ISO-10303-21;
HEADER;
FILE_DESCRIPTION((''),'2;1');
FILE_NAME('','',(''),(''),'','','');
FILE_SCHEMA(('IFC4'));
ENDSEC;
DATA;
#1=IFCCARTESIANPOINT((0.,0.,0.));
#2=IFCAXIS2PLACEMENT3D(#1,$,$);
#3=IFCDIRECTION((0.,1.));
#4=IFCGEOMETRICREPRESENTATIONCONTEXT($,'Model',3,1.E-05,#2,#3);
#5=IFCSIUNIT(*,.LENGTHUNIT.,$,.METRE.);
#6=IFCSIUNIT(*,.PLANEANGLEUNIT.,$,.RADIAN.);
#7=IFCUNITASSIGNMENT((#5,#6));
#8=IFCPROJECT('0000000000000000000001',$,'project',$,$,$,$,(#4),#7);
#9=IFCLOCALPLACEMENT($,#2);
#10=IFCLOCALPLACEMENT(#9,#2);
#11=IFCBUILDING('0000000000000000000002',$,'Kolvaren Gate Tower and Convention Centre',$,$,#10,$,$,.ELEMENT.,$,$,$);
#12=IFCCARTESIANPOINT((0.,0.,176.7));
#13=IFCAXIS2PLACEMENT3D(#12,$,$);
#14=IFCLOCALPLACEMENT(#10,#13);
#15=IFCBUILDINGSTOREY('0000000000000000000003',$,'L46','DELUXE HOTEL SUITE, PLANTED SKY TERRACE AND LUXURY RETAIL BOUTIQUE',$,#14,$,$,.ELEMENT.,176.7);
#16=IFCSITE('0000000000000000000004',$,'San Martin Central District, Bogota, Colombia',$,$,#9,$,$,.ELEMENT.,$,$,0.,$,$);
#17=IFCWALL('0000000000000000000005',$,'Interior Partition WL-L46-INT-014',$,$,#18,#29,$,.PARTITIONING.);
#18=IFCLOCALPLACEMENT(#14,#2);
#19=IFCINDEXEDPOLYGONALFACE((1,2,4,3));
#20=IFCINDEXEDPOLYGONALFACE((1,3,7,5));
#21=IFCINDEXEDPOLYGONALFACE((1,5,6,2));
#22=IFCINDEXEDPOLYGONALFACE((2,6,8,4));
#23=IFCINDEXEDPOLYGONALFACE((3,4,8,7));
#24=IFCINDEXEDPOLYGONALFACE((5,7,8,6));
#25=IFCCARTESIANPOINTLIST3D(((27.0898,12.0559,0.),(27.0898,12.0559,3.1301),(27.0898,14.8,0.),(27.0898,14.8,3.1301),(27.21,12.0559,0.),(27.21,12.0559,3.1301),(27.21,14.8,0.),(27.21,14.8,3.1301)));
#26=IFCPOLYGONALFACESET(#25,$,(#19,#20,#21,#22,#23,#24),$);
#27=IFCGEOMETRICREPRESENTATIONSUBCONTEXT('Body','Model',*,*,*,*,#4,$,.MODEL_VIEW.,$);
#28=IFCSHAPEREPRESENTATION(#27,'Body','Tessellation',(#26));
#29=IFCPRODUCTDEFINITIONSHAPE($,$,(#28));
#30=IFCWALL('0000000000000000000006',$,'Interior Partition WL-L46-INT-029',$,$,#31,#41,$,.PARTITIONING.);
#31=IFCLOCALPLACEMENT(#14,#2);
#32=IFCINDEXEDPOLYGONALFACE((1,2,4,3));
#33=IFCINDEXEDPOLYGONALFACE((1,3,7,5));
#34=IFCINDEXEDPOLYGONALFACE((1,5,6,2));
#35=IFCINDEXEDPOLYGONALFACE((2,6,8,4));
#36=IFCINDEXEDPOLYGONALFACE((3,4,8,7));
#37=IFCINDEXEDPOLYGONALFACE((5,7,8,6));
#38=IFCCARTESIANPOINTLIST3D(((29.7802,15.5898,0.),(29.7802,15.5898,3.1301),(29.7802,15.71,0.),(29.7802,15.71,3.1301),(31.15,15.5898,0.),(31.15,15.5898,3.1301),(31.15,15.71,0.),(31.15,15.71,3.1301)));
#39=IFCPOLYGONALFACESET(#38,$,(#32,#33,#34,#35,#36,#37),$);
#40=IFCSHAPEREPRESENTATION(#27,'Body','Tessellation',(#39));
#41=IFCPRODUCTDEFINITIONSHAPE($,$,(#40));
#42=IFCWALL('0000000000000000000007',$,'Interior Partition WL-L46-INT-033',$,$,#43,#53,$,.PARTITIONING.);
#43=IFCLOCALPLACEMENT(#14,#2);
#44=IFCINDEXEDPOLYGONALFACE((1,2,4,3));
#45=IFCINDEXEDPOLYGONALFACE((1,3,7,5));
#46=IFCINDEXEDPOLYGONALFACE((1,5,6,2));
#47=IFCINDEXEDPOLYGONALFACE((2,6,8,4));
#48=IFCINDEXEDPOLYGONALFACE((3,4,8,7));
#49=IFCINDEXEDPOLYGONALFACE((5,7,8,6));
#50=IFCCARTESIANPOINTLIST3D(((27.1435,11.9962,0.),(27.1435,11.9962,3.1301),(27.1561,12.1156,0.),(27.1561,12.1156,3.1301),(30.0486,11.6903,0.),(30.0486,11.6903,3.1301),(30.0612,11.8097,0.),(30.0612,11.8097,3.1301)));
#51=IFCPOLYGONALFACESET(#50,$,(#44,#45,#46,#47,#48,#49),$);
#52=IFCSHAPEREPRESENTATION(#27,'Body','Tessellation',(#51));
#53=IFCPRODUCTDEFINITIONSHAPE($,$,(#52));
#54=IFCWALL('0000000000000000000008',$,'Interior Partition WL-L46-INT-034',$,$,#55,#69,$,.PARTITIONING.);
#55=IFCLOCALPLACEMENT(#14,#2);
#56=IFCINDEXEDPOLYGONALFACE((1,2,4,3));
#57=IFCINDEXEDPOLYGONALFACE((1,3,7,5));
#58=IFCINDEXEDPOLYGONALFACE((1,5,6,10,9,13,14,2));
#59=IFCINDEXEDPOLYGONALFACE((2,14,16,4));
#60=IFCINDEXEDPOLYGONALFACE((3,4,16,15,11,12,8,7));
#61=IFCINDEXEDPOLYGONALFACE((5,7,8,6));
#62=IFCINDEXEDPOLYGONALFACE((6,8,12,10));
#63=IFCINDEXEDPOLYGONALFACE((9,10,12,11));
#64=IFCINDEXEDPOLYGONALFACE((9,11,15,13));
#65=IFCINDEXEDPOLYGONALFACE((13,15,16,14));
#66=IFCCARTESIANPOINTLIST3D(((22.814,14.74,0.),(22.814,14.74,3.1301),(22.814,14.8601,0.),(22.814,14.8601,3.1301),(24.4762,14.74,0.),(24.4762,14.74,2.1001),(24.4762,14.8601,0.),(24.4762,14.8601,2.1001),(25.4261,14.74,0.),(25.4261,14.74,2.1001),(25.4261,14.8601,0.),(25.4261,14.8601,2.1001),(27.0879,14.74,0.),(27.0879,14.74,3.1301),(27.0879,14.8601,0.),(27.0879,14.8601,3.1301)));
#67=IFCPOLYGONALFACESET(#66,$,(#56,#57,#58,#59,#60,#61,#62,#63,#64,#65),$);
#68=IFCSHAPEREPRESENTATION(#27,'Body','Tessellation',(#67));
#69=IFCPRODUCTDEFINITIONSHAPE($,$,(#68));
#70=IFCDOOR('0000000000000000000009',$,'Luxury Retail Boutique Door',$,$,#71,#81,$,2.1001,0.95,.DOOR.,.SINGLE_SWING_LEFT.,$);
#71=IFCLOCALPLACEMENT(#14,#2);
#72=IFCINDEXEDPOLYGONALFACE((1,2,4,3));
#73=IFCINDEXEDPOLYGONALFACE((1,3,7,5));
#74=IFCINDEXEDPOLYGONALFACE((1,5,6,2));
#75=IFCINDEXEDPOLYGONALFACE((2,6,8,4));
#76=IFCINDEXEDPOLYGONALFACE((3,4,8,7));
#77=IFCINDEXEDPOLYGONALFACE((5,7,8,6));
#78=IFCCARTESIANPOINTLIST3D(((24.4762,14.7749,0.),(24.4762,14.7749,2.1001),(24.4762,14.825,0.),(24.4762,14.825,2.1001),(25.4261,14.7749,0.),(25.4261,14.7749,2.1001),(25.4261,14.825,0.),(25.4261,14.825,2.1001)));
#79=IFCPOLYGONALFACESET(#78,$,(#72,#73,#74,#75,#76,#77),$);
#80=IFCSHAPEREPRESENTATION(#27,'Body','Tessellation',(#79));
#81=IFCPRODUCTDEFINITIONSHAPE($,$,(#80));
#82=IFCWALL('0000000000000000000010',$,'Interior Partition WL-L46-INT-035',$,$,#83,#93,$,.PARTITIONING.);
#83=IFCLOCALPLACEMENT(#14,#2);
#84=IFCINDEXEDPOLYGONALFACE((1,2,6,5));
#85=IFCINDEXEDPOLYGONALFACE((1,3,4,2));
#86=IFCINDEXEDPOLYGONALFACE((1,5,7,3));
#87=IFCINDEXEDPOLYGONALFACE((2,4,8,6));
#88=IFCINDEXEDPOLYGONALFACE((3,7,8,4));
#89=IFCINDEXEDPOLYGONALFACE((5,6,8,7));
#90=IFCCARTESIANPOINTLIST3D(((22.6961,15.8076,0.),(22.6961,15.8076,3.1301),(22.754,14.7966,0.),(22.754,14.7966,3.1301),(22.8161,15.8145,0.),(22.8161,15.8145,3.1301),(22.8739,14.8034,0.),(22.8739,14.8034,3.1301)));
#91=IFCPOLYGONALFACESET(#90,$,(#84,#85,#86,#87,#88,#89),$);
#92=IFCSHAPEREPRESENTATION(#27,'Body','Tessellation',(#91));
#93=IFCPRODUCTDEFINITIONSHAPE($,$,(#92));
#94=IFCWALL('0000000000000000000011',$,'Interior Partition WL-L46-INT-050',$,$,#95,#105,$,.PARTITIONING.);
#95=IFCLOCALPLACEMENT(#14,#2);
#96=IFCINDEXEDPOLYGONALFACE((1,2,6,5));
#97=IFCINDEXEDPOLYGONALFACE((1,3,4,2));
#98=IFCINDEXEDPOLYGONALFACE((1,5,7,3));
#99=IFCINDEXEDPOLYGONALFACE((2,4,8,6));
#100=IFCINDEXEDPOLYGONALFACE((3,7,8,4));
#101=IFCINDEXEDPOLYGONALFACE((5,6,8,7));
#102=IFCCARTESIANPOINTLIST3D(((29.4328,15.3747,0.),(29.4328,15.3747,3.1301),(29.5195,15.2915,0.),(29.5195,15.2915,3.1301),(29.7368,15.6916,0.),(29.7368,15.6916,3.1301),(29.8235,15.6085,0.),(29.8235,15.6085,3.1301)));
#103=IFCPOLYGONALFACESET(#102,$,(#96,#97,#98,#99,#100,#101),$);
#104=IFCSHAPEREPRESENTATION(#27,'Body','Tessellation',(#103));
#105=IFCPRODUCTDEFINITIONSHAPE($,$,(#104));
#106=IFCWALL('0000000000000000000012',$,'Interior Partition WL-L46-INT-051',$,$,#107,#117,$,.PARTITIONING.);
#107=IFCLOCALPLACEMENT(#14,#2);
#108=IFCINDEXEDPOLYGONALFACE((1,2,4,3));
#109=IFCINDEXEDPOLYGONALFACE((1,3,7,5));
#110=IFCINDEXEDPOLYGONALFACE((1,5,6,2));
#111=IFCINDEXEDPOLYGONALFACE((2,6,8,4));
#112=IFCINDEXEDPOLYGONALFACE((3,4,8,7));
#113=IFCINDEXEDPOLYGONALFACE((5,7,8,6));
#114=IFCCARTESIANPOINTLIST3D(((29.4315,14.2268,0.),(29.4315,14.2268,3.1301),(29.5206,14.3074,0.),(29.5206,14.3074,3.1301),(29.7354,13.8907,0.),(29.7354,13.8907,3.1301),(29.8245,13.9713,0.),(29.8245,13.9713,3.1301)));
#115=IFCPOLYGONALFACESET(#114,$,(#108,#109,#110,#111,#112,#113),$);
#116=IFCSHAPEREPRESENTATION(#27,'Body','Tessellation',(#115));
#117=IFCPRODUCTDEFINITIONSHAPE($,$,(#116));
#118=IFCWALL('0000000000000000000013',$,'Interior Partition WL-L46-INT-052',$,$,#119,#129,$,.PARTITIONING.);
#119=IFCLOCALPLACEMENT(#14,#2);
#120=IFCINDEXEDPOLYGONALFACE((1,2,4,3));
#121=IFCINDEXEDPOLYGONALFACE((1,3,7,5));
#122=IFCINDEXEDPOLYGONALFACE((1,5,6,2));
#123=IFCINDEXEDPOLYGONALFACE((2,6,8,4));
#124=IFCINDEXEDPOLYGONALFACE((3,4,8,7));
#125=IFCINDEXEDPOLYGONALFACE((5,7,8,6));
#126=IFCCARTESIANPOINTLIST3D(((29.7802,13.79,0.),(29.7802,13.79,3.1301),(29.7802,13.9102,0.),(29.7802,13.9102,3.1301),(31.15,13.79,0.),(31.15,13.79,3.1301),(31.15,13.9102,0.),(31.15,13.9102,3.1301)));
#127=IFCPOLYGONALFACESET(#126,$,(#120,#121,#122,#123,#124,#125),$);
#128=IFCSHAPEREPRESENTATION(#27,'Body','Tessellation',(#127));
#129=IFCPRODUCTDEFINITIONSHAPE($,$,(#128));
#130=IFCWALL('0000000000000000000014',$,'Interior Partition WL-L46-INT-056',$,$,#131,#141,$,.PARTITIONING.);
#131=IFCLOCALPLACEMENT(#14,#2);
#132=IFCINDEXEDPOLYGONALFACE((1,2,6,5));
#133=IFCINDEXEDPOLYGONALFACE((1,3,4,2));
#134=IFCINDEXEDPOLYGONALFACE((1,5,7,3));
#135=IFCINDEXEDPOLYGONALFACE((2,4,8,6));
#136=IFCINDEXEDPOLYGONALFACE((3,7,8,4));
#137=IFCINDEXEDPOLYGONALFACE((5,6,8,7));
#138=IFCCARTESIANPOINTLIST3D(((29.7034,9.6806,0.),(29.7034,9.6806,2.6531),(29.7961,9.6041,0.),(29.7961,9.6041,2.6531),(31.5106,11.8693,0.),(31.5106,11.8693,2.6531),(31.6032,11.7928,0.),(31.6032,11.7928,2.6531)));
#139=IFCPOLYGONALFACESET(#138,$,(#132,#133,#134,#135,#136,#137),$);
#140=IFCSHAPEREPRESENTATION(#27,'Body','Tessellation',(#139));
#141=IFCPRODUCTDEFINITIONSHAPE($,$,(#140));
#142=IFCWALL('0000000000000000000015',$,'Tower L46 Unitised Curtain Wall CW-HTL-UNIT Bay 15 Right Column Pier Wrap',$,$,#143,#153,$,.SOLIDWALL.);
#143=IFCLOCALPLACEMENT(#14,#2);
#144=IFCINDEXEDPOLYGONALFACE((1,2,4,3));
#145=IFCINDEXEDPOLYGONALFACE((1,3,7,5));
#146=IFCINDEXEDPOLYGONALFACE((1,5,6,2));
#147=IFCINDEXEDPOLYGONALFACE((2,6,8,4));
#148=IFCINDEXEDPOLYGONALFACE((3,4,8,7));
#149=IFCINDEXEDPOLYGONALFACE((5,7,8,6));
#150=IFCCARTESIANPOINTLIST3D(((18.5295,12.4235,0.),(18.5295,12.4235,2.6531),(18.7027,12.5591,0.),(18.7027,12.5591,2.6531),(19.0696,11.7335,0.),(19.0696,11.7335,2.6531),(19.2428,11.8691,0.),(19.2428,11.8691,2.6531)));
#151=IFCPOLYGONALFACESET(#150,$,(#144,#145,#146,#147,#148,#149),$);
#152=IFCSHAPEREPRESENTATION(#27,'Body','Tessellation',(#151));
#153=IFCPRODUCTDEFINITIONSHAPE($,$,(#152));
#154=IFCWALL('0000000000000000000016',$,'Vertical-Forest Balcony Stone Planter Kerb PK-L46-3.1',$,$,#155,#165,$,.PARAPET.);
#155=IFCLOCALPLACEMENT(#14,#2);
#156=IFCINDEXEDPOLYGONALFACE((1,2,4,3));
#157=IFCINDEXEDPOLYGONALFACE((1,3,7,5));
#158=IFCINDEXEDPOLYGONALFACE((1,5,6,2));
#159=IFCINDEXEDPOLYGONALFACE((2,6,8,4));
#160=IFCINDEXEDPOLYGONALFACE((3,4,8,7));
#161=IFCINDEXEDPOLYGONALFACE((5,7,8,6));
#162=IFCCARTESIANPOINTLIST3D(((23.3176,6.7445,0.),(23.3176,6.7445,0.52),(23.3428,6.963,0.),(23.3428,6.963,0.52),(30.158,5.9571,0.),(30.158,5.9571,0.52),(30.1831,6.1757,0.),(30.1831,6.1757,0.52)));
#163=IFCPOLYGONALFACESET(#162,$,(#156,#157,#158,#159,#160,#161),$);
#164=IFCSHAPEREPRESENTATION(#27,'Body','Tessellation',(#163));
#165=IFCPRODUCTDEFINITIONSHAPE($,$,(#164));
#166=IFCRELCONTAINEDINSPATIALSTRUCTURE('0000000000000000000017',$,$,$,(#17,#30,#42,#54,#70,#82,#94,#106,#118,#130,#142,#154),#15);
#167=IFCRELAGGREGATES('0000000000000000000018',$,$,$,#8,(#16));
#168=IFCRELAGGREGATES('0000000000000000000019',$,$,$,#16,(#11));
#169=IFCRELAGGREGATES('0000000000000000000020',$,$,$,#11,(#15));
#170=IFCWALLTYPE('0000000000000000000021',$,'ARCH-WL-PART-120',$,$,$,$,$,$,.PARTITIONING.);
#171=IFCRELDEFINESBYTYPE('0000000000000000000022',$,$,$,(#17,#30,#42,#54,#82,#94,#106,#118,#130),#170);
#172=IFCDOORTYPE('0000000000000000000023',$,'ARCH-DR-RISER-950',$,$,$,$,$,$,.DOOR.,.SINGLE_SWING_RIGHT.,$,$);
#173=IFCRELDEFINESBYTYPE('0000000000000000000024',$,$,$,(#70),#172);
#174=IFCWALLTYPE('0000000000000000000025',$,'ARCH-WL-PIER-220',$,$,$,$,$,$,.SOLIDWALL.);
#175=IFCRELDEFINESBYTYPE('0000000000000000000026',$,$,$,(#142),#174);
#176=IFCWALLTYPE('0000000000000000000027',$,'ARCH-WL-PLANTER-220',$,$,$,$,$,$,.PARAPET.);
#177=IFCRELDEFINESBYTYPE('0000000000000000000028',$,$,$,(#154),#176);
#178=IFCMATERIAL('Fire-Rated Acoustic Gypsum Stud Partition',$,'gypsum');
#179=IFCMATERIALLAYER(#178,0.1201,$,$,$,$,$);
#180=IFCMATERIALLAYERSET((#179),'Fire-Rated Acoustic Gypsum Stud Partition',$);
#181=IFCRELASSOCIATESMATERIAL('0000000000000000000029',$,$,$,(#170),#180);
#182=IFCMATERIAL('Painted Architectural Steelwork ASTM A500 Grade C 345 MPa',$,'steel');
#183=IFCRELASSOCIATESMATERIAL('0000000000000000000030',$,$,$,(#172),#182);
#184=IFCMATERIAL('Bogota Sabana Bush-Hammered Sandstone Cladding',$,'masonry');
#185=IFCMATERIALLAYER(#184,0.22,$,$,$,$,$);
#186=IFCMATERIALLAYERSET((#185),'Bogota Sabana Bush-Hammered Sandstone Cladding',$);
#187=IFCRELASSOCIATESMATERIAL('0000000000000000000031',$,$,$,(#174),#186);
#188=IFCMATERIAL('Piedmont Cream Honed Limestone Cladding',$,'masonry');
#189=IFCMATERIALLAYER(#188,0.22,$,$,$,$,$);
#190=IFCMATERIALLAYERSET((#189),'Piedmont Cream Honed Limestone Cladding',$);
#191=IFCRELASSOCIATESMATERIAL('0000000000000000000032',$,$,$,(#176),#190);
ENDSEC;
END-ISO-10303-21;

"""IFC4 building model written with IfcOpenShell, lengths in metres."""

from ifc_helpers import new_model, si_unit, direction, frame, frame_2d, origin, place, context, subcontext, project, spatial, rectangle, extrude, material, layer, layer_set, type_object, element, fill, save


model = new_model("IFC4")

# Units and contexts
model_context = context("Model", 3, precision=1e-05, world=origin(), true_north=direction((0.0, 1.0)))
body_context = subcontext(model_context, "Body", "Model", "MODEL_VIEW")
ifc_project = project(units=[si_unit("LENGTHUNIT", "METRE"), si_unit("PLANEANGLEUNIT", "RADIAN")], contexts=[model_context])

# Site, building, storey
site_placement = place(None, origin())
site = spatial("IfcSite", under=ifc_project, at=site_placement, Name="San Martin Central District, Bogota, Colombia", CompositionType="ELEMENT", RefElevation=0.0)
building_placement = place(site_placement, origin())
building = spatial("IfcBuilding", under=site, at=building_placement, Name="Kolvaren Gate Tower and Convention Centre", CompositionType="ELEMENT")
storey_placement = place(building_placement, frame((0.0, 0.0, 176.7)))
storey = spatial("IfcBuildingStorey", under=building, at=storey_placement, Name="L46", Description="DELUXE HOTEL SUITE, PLANTED SKY TERRACE AND LUXURY RETAIL BOUTIQUE", CompositionType="ELEMENT", Elevation=176.7)

# Walls
ifc_material_1 = material(Name="Fire-Rated Acoustic Gypsum Stud Partition", Category="gypsum")
ifc_layer_1 = layer(ifc_material_1, 0.1201)
ifc_layer_set_1 = layer_set([ifc_layer_1], Name="Fire-Rated Acoustic Gypsum Stud Partition")
wall_type_1 = type_object("IfcWallType", Name="ARCH-WL-PART-120", PredefinedType="PARTITIONING", material=ifc_layer_set_1)
wall_1_placement = place(storey_placement, frame((27.1499, 12.0559, 0.0), z_axis=(0.0, 0.0, 1.0), x_axis=(0.0, 1.0, 0.0)))
element("IfcWall", 1, at=wall_1_placement, inside=storey, type_object=wall_type_1, Name="Interior Partition WL-L46-INT-014", PredefinedType="PARTITIONING", context=body_context, shape_type="SweptSolid", body=[
    extrude(rectangle(XDim=2.7441, YDim=0.1201, at=frame_2d((1.3721, 0.0))), origin(), (0.0, 0.0, 1.0), 3.1301),
])
wall_2_placement = place(storey_placement, frame((29.78, 15.6499, 0.0), z_axis=(0.0, 0.0, 1.0), x_axis=(1.0, 0.0, 0.0)))
element("IfcWall", 2, at=wall_2_placement, inside=storey, type_object=wall_type_1, Name="Interior Partition WL-L46-INT-029", PredefinedType="PARTITIONING", context=body_context, shape_type="SweptSolid", body=[
    extrude(rectangle(XDim=1.3699, YDim=0.1201, at=frame_2d((0.6851, 0.0))), origin(), (0.0, 0.0, 1.0), 3.1301),
])
wall_3_placement = place(storey_placement, frame((27.1499, 12.0559, 0.0), z_axis=(0.0, 0.0, 1.0), x_axis=(0.994501, -0.104724, 0.0)))
element("IfcWall", 3, at=wall_3_placement, inside=storey, type_object=wall_type_1, Name="Interior Partition WL-L46-INT-033", PredefinedType="PARTITIONING", context=body_context, shape_type="SweptSolid", body=[
    extrude(rectangle(XDim=2.9211, YDim=0.1201, at=frame_2d((1.4604, 0.0))), origin(), (0.0, 0.0, 1.0), 3.1301),
])

# Wall, opening, door
wall_4_placement = place(storey_placement, frame((22.814, 14.8, 0.0), z_axis=(0.0, 0.0, 1.0), x_axis=(1.0, 0.0, 0.0)))
wall_4 = element("IfcWall", 4, at=wall_4_placement, inside=storey, type_object=wall_type_1, Name="Interior Partition WL-L46-INT-034", PredefinedType="PARTITIONING", context=body_context, shape_type="SweptSolid", body=[
    extrude(rectangle(XDim=4.2739, YDim=0.1201, at=frame_2d((2.137, 0.0))), origin(), (0.0, 0.0, 1.0), 3.1301),
])
opening_1_placement = place(wall_4_placement, frame((1.6621, 0.0, 0.0)))
opening_1 = element("IfcOpeningElement", 5, at=opening_1_placement, cuts=wall_4, PredefinedType="OPENING", context=body_context, shape_type="SweptSolid", body=[
    extrude(rectangle(XDim=0.95, YDim=2.1001, at=frame_2d((0.4751, 1.05))), frame((0.0, 0.0701, 0.0), z_axis=(0.0, -1.0, 0.0), x_axis=(1.0, 0.0, 0.0)), (0.0, 0.0, 1.0), 0.1401),
])
ifc_material_2 = material(Name="Painted Architectural Steelwork ASTM A500 Grade C 345 MPa", Category="steel")
door_type = type_object("IfcDoorType", Name="ARCH-DR-RISER-950", OperationType="SINGLE_SWING_RIGHT", PredefinedType="DOOR", material=ifc_material_2)
door_placement = place(opening_1_placement, origin())
door = element("IfcDoor", 6, at=door_placement, inside=storey, type_object=door_type, Name="Luxury Retail Boutique Door", OperationType="SINGLE_SWING_LEFT", OverallHeight=2.1001, OverallWidth=0.95, PredefinedType="DOOR", context=body_context, shape_type="SweptSolid", body=[
    extrude(rectangle(XDim=0.95, YDim=2.1001, at=frame_2d((0.4751, 1.05))), frame((0.0, 0.0249, 0.0), z_axis=(0.0, -1.0, 0.0), x_axis=(1.0, 0.0, 0.0)), (0.0, 0.0, 1.0), 0.05),
])
fill(opening_1, door)

# Walls
wall_5_placement = place(storey_placement, frame((22.7561, 15.811, 0.0), z_axis=(0.0, 0.0, 1.0), x_axis=(0.057139, -0.998366, 0.0)))
element("IfcWall", 7, at=wall_5_placement, inside=storey, type_object=wall_type_1, Name="Interior Partition WL-L46-INT-035", PredefinedType="PARTITIONING", context=body_context, shape_type="SweptSolid", body=[
    extrude(rectangle(XDim=1.0127, YDim=0.1201, at=frame_2d((0.5063, 0.0))), origin(), (0.0, 0.0, 1.0), 3.1301),
])
wall_6_placement = place(storey_placement, frame((29.4761, 15.333, 0.0), z_axis=(0.0, 0.0, 1.0), x_axis=(0.692219, 0.721687, 0.0)))
element("IfcWall", 8, at=wall_6_placement, inside=storey, type_object=wall_type_1, Name="Interior Partition WL-L46-INT-050", PredefinedType="PARTITIONING", context=body_context, shape_type="SweptSolid", body=[
    extrude(rectangle(XDim=0.4392, YDim=0.1201, at=frame_2d((0.2197, 0.0))), origin(), (0.0, 0.0, 1.0), 3.1301),
])
wall_7_placement = place(storey_placement, frame((29.4761, 14.2671, 0.0), z_axis=(0.0, 0.0, 1.0), x_axis=(0.670659, -0.741765, 0.0)))
element("IfcWall", 9, at=wall_7_placement, inside=storey, type_object=wall_type_1, Name="Interior Partition WL-L46-INT-051", PredefinedType="PARTITIONING", context=body_context, shape_type="SweptSolid", body=[
    extrude(rectangle(XDim=0.4531, YDim=0.1201, at=frame_2d((0.2266, 0.0))), origin(), (0.0, 0.0, 1.0), 3.1301),
])
wall_8_placement = place(storey_placement, frame((29.78, 13.8501, 0.0), z_axis=(0.0, 0.0, 1.0), x_axis=(1.0, 0.0, 0.0)))
element("IfcWall", 10, at=wall_8_placement, inside=storey, type_object=wall_type_1, Name="Interior Partition WL-L46-INT-052", PredefinedType="PARTITIONING", context=body_context, shape_type="SweptSolid", body=[
    extrude(rectangle(XDim=1.3699, YDim=0.1201, at=frame_2d((0.6851, 0.0))), origin(), (0.0, 0.0, 1.0), 3.1301),
])
wall_9_placement = place(storey_placement, frame((29.7498, 9.6423, 0.0), z_axis=(0.0, 0.0, 1.0), x_axis=(0.636684, 0.771125, 0.0)))
element("IfcWall", 11, at=wall_9_placement, inside=storey, type_object=wall_type_1, Name="Interior Partition WL-L46-INT-056", PredefinedType="PARTITIONING", context=body_context, shape_type="SweptSolid", body=[
    extrude(rectangle(XDim=2.8384, YDim=0.1201, at=frame_2d((1.4192, 0.0))), origin(), (0.0, 0.0, 1.0), 2.6531),
])
ifc_material_3 = material(Name="Bogota Sabana Bush-Hammered Sandstone Cladding", Category="masonry")
ifc_layer_2 = layer(ifc_material_3, 0.22)
ifc_layer_set_2 = layer_set([ifc_layer_2], Name="Bogota Sabana Bush-Hammered Sandstone Cladding")
wall_type_2 = type_object("IfcWallType", Name="ARCH-WL-PIER-220", PredefinedType="SOLIDWALL", material=ifc_layer_set_2)
wall_10_placement = place(storey_placement, frame((18.6162, 12.4912, 0.0), z_axis=(0.0, 0.0, 1.0), x_axis=(0.616368, -0.787458, 0.0)))
element("IfcWall", 12, at=wall_10_placement, inside=storey, type_object=wall_type_2, Name="Tower L46 Unitised Curtain Wall CW-HTL-UNIT Bay 15 Right Column Pier Wrap", PredefinedType="SOLIDWALL", context=body_context, shape_type="SweptSolid", body=[
    extrude(rectangle(XDim=0.8762, YDim=0.22, at=frame_2d((0.438, 0.0))), origin(), (0.0, 0.0, 1.0), 2.6531),
])
ifc_material_4 = material(Name="Piedmont Cream Honed Limestone Cladding", Category="masonry")
ifc_layer_3 = layer(ifc_material_4, 0.22)
ifc_layer_set_3 = layer_set([ifc_layer_3], Name="Piedmont Cream Honed Limestone Cladding")
wall_type_3 = type_object("IfcWallType", Name="ARCH-WL-PLANTER-220", PredefinedType="PARAPET", material=ifc_layer_set_3)
wall_11_placement = place(storey_placement, frame((23.3301, 6.8538, 0.0), z_axis=(0.0, 0.0, 1.0), x_axis=(0.993441, -0.11435, 0.0)))
element("IfcWall", 13, at=wall_11_placement, inside=storey, type_object=wall_type_3, Name="Vertical-Forest Balcony Stone Planter Kerb PK-L46-3.1", PredefinedType="PARAPET", context=body_context, shape_type="SweptSolid", body=[
    extrude(rectangle(XDim=6.8855, YDim=0.22, at=frame_2d((3.4429, 0.0))), origin(), (0.0, 0.0, 1.0), 0.52),
])

save(model, "model.ifc")
